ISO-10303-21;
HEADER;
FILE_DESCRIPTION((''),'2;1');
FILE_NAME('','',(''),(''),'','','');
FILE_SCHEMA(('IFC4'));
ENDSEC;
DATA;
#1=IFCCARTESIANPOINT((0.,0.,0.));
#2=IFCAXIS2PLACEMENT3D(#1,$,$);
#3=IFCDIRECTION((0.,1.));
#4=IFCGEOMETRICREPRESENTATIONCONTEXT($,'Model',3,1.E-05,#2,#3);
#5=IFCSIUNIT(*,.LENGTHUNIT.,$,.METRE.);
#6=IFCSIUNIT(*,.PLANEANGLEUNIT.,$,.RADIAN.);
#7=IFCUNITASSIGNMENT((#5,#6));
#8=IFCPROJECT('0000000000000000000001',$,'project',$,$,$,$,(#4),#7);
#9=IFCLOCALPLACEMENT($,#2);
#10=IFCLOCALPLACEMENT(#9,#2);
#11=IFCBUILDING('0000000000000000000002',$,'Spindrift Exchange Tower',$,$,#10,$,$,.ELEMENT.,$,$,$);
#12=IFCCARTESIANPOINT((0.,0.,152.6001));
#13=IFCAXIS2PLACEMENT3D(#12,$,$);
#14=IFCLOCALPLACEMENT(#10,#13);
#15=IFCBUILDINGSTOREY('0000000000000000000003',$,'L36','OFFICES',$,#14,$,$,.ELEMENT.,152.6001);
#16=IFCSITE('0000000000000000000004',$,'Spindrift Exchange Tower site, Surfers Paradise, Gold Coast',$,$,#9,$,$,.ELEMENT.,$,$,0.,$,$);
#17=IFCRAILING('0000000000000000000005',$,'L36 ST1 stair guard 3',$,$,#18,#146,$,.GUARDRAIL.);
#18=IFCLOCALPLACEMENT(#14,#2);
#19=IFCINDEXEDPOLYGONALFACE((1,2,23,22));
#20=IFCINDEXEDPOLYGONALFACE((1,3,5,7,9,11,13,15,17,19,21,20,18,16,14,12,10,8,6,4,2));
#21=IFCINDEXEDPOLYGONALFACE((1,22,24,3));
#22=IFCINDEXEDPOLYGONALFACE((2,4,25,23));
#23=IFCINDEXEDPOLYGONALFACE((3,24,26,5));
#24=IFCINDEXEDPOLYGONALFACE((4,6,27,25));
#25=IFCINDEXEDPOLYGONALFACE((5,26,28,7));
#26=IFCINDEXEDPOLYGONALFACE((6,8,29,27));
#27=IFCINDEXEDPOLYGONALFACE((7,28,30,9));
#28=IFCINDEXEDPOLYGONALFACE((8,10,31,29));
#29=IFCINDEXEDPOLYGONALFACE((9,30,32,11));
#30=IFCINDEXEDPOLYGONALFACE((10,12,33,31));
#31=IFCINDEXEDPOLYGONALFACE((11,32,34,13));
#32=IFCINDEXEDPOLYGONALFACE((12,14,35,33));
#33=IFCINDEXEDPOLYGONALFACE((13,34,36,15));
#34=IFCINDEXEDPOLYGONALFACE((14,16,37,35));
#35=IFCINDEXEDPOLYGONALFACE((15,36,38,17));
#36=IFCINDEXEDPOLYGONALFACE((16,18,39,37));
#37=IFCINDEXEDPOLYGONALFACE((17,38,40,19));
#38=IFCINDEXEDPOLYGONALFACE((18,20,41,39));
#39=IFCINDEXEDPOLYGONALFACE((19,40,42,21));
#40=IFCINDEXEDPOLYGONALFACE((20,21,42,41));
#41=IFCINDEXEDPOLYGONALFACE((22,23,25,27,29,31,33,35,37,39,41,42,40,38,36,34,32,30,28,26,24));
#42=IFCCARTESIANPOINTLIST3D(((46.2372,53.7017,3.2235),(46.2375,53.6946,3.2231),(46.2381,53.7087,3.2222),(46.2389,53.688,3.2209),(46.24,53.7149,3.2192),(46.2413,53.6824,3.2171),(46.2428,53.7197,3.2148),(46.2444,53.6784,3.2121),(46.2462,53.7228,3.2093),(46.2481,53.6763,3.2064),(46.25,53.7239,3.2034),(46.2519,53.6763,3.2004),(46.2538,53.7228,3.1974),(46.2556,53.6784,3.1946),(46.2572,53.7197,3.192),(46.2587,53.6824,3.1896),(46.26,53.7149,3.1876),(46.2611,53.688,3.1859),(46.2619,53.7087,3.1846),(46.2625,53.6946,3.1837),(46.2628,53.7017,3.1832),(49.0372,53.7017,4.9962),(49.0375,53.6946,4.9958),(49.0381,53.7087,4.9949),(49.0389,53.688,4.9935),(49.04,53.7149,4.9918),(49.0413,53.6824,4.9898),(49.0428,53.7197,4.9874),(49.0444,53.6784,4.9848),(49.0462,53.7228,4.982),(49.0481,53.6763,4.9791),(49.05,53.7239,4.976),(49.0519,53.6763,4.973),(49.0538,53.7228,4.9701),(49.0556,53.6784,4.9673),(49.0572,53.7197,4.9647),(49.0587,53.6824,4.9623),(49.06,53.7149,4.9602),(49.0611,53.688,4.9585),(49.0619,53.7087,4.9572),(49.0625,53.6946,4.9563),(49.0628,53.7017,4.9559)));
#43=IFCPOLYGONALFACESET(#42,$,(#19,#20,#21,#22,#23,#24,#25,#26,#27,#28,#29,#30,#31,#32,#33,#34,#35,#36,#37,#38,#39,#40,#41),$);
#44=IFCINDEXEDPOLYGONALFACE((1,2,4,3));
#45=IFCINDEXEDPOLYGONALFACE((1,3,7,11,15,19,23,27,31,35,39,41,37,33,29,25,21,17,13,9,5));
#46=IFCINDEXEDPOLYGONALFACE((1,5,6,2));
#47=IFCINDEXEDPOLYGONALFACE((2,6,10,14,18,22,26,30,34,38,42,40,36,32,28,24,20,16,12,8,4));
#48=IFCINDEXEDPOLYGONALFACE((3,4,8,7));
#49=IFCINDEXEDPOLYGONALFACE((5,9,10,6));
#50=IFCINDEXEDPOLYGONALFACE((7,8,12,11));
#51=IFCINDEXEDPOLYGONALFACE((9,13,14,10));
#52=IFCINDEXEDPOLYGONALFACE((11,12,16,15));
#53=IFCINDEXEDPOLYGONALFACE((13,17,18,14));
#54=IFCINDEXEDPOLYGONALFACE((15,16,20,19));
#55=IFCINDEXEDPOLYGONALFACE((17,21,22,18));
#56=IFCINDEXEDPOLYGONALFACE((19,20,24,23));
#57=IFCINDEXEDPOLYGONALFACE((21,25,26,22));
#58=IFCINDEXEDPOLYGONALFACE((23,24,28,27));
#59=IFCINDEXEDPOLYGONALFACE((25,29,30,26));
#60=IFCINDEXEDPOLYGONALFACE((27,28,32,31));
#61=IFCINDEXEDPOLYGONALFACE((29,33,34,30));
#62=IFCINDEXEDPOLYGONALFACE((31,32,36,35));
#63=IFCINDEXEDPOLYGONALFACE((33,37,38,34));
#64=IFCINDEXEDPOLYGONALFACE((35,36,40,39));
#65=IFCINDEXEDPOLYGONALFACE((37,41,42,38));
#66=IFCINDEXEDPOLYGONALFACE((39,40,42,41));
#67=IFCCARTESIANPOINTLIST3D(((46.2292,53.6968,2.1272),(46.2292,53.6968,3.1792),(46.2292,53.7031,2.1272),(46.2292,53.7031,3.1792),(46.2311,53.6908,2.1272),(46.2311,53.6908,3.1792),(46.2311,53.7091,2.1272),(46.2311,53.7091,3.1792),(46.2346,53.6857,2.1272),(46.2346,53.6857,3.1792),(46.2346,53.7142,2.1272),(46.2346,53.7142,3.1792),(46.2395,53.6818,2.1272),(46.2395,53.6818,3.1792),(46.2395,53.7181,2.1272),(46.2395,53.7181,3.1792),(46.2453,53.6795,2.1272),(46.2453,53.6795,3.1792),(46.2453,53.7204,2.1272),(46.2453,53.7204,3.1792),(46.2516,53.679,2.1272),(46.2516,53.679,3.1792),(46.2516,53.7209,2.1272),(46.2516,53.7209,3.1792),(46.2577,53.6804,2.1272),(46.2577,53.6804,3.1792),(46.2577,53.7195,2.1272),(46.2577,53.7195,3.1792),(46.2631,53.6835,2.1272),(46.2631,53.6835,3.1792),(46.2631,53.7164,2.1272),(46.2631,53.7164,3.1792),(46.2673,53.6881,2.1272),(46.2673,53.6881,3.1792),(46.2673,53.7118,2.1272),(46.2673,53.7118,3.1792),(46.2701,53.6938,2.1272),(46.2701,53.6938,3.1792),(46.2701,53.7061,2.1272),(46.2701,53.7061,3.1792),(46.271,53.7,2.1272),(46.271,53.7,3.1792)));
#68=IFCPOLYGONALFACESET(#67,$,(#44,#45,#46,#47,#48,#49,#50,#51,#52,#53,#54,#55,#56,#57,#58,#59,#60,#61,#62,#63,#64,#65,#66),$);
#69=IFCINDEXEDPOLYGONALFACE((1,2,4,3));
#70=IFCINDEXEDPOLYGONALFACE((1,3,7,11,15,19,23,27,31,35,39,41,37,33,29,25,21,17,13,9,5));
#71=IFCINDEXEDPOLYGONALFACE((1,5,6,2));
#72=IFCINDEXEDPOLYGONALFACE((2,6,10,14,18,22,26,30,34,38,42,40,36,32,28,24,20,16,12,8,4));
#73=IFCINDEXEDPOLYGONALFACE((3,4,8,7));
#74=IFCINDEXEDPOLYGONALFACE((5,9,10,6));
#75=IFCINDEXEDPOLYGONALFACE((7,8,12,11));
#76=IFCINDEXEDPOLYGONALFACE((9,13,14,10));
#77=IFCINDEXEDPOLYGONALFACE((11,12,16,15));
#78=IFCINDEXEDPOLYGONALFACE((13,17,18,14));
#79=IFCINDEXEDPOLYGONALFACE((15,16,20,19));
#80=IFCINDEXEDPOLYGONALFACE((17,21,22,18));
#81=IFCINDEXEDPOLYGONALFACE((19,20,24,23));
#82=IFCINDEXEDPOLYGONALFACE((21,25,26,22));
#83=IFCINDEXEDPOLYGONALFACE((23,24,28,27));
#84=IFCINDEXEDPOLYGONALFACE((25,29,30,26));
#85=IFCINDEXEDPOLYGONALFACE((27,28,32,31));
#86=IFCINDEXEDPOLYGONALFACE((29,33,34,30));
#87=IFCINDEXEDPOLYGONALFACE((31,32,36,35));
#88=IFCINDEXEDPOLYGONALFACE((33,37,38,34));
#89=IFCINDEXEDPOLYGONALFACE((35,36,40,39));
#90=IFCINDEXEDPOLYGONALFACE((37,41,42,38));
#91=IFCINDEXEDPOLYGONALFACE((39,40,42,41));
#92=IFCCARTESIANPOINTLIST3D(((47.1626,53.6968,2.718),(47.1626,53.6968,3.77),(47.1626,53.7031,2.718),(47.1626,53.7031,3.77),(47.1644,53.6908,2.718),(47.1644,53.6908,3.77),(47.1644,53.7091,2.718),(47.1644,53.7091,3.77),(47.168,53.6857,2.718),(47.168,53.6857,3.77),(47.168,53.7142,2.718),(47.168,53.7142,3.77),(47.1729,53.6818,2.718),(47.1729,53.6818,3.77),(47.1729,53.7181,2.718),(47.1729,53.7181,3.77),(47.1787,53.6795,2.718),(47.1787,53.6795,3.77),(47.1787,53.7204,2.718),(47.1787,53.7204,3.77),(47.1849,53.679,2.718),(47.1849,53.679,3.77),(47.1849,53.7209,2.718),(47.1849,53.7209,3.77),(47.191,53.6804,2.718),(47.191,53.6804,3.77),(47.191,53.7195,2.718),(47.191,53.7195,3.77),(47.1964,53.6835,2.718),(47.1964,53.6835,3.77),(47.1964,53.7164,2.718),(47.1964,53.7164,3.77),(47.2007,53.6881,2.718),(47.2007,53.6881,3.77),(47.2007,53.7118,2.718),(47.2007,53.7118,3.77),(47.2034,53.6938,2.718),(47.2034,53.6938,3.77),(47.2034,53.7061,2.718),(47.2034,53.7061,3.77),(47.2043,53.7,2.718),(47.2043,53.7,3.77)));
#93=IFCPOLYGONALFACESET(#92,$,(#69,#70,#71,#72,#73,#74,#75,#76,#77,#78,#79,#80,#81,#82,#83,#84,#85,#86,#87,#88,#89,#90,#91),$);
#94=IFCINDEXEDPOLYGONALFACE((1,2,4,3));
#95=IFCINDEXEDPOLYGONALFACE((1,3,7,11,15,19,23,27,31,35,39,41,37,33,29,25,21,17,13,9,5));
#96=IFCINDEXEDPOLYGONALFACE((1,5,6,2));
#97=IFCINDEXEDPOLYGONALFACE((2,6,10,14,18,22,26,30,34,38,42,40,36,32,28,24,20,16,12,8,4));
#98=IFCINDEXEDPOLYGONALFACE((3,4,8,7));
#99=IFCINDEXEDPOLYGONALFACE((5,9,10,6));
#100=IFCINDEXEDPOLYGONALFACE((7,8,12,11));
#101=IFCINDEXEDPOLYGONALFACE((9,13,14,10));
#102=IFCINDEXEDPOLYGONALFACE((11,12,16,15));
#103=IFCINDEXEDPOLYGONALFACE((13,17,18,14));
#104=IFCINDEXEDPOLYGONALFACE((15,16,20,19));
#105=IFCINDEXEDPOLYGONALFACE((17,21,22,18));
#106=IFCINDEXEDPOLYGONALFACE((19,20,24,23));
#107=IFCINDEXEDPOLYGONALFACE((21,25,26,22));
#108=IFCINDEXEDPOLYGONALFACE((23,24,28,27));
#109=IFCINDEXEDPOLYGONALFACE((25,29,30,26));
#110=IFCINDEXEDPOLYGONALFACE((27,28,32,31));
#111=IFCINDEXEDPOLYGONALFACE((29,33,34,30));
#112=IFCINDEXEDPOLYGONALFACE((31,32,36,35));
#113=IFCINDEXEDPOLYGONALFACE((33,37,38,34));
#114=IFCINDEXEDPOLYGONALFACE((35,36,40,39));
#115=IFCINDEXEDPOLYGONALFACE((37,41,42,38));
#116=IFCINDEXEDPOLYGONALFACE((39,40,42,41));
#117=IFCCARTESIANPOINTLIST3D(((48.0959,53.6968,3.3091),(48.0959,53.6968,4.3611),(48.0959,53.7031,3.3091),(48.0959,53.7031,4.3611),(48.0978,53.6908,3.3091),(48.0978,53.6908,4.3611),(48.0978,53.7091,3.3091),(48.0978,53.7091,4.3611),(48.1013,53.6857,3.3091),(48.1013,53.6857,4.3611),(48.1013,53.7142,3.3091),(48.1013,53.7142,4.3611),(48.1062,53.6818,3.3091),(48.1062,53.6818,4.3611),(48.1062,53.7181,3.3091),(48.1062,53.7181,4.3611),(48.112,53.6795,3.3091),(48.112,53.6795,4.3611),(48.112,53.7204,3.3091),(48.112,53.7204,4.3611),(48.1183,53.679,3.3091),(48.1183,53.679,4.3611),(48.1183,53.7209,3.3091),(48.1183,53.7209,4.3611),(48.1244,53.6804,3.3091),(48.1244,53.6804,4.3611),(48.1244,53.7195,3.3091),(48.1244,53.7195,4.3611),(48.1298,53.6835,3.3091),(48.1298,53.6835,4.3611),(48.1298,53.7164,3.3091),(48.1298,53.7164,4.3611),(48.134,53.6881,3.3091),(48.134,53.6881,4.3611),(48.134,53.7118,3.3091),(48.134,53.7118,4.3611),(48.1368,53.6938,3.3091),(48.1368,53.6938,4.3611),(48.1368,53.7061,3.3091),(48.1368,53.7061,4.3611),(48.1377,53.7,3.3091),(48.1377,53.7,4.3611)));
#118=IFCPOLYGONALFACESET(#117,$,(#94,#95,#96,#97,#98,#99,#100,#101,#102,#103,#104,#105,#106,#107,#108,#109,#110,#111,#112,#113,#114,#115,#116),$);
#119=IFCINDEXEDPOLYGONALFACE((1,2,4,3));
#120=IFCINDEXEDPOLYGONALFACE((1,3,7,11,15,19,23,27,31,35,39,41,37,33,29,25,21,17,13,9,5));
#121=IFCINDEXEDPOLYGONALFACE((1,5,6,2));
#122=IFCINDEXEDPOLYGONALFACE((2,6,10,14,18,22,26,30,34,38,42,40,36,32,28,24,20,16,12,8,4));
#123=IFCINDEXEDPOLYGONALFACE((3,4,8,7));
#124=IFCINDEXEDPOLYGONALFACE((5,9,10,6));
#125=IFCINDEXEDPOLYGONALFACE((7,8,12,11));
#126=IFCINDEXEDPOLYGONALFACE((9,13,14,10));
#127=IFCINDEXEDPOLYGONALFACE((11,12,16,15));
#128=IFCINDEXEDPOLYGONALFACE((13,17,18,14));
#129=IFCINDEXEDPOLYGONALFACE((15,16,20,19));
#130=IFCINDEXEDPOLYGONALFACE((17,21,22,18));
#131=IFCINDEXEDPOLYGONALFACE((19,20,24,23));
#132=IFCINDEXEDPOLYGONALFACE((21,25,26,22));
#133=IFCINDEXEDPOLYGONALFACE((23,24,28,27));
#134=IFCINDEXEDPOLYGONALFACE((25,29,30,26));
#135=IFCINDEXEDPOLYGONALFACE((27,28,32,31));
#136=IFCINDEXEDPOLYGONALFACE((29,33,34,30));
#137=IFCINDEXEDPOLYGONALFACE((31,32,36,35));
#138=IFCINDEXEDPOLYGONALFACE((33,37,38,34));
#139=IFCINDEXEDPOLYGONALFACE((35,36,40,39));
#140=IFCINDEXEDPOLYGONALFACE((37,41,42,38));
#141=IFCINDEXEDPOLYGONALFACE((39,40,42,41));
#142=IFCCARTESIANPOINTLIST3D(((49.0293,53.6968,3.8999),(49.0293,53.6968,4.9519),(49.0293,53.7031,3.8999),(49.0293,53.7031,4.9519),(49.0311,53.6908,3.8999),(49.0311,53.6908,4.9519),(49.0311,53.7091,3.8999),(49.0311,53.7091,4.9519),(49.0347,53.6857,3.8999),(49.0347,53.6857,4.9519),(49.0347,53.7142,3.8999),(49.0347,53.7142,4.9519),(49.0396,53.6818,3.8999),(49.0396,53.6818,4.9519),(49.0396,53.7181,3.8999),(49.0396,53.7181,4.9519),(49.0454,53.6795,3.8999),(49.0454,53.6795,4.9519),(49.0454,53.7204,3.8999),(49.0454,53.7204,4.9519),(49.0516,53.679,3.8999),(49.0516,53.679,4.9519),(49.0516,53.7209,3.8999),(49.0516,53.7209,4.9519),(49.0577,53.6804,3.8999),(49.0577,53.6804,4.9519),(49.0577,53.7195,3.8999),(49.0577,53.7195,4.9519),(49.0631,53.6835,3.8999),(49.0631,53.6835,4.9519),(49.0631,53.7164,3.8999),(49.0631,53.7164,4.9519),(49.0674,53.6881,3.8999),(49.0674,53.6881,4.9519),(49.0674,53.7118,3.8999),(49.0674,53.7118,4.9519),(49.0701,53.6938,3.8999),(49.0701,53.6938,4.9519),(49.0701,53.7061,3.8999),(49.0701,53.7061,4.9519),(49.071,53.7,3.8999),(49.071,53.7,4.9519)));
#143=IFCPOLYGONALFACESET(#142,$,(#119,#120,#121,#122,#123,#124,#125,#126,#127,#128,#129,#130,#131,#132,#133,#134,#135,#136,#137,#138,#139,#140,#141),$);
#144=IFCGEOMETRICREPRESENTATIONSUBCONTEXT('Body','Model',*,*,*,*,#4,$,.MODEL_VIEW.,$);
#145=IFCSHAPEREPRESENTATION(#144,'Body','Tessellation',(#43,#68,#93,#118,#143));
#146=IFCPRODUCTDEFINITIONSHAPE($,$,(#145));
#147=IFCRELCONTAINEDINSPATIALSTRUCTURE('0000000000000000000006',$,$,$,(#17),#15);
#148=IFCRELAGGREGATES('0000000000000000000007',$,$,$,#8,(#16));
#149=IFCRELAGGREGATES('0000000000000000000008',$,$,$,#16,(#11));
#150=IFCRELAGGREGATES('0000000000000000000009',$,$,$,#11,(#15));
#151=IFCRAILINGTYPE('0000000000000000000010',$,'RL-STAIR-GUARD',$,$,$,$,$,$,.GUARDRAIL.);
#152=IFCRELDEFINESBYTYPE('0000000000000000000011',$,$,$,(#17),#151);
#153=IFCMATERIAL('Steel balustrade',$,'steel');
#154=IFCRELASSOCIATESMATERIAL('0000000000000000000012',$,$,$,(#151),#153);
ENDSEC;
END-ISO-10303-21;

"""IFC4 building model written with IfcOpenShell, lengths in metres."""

from ifc_helpers import new_model, si_unit, direction, frame, origin, origin_2d, place, context, subcontext, project, spatial, circle, extrude, material, type_object, element, save


model = new_model("IFC4")

# Units and contexts
model_context = context("Model", 3, precision=1e-05, world=origin(), true_north=direction((0.0, 1.0)))
body_context = subcontext(model_context, "Body", "Model", "MODEL_VIEW")
ifc_project = project(units=[si_unit("LENGTHUNIT", "METRE"), si_unit("PLANEANGLEUNIT", "RADIAN")], contexts=[model_context])

# Site, building, storey
site_placement = place(None, origin())
site = spatial("IfcSite", under=ifc_project, at=site_placement, Name="Spindrift Exchange Tower site, Surfers Paradise, Gold Coast", CompositionType="ELEMENT", RefElevation=0.0)
building_placement = place(site_placement, origin())
building = spatial("IfcBuilding", under=site, at=building_placement, Name="Spindrift Exchange Tower", CompositionType="ELEMENT")
storey_placement = place(building_placement, frame((0.0, 0.0, 152.6001)))
storey = spatial("IfcBuildingStorey", under=building, at=storey_placement, Name="L36", Description="OFFICES", CompositionType="ELEMENT", Elevation=152.6001)

# Railing
ifc_material_1 = material(Name="Steel balustrade", Category="steel")
railing_type_1 = type_object("IfcRailingType", Name="RL-STAIR-GUARD", PredefinedType="GUARDRAIL", material=ifc_material_1)
railing_1_placement = place(storey_placement, frame((46.25, 53.7, 2.1272)))
element("IfcRailing", 1, at=railing_1_placement, inside=storey, type_object=railing_type_1, Name="L36 ST1 stair guard 3", PredefinedType="GUARDRAIL", context=body_context, shape_type="SweptSolid", body=[
    extrude(circle(Radius=0.0239, at=origin_2d()), frame((0.0, 0.0, 1.0762), z_axis=(0.844909, 0.0, 0.53491), x_axis=(0.0, 1.0, 0.0)), (0.0, 0.0, 1.0), 3.314),
    extrude(circle(Radius=0.021, at=origin_2d()), origin(), (0.0, 0.0, 1.0), 1.052),
    extrude(circle(Radius=0.021, at=origin_2d()), frame((0.9333, 0.0, 0.5908)), (0.0, 0.0, 1.0), 1.052),
    extrude(circle(Radius=0.021, at=origin_2d()), frame((1.8667, 0.0, 1.1819)), (0.0, 0.0, 1.0), 1.052),
    extrude(circle(Radius=0.021, at=origin_2d()), frame((2.8, 0.0, 1.7727)), (0.0, 0.0, 1.0), 1.052),
])

save(model, "model.ifc")
